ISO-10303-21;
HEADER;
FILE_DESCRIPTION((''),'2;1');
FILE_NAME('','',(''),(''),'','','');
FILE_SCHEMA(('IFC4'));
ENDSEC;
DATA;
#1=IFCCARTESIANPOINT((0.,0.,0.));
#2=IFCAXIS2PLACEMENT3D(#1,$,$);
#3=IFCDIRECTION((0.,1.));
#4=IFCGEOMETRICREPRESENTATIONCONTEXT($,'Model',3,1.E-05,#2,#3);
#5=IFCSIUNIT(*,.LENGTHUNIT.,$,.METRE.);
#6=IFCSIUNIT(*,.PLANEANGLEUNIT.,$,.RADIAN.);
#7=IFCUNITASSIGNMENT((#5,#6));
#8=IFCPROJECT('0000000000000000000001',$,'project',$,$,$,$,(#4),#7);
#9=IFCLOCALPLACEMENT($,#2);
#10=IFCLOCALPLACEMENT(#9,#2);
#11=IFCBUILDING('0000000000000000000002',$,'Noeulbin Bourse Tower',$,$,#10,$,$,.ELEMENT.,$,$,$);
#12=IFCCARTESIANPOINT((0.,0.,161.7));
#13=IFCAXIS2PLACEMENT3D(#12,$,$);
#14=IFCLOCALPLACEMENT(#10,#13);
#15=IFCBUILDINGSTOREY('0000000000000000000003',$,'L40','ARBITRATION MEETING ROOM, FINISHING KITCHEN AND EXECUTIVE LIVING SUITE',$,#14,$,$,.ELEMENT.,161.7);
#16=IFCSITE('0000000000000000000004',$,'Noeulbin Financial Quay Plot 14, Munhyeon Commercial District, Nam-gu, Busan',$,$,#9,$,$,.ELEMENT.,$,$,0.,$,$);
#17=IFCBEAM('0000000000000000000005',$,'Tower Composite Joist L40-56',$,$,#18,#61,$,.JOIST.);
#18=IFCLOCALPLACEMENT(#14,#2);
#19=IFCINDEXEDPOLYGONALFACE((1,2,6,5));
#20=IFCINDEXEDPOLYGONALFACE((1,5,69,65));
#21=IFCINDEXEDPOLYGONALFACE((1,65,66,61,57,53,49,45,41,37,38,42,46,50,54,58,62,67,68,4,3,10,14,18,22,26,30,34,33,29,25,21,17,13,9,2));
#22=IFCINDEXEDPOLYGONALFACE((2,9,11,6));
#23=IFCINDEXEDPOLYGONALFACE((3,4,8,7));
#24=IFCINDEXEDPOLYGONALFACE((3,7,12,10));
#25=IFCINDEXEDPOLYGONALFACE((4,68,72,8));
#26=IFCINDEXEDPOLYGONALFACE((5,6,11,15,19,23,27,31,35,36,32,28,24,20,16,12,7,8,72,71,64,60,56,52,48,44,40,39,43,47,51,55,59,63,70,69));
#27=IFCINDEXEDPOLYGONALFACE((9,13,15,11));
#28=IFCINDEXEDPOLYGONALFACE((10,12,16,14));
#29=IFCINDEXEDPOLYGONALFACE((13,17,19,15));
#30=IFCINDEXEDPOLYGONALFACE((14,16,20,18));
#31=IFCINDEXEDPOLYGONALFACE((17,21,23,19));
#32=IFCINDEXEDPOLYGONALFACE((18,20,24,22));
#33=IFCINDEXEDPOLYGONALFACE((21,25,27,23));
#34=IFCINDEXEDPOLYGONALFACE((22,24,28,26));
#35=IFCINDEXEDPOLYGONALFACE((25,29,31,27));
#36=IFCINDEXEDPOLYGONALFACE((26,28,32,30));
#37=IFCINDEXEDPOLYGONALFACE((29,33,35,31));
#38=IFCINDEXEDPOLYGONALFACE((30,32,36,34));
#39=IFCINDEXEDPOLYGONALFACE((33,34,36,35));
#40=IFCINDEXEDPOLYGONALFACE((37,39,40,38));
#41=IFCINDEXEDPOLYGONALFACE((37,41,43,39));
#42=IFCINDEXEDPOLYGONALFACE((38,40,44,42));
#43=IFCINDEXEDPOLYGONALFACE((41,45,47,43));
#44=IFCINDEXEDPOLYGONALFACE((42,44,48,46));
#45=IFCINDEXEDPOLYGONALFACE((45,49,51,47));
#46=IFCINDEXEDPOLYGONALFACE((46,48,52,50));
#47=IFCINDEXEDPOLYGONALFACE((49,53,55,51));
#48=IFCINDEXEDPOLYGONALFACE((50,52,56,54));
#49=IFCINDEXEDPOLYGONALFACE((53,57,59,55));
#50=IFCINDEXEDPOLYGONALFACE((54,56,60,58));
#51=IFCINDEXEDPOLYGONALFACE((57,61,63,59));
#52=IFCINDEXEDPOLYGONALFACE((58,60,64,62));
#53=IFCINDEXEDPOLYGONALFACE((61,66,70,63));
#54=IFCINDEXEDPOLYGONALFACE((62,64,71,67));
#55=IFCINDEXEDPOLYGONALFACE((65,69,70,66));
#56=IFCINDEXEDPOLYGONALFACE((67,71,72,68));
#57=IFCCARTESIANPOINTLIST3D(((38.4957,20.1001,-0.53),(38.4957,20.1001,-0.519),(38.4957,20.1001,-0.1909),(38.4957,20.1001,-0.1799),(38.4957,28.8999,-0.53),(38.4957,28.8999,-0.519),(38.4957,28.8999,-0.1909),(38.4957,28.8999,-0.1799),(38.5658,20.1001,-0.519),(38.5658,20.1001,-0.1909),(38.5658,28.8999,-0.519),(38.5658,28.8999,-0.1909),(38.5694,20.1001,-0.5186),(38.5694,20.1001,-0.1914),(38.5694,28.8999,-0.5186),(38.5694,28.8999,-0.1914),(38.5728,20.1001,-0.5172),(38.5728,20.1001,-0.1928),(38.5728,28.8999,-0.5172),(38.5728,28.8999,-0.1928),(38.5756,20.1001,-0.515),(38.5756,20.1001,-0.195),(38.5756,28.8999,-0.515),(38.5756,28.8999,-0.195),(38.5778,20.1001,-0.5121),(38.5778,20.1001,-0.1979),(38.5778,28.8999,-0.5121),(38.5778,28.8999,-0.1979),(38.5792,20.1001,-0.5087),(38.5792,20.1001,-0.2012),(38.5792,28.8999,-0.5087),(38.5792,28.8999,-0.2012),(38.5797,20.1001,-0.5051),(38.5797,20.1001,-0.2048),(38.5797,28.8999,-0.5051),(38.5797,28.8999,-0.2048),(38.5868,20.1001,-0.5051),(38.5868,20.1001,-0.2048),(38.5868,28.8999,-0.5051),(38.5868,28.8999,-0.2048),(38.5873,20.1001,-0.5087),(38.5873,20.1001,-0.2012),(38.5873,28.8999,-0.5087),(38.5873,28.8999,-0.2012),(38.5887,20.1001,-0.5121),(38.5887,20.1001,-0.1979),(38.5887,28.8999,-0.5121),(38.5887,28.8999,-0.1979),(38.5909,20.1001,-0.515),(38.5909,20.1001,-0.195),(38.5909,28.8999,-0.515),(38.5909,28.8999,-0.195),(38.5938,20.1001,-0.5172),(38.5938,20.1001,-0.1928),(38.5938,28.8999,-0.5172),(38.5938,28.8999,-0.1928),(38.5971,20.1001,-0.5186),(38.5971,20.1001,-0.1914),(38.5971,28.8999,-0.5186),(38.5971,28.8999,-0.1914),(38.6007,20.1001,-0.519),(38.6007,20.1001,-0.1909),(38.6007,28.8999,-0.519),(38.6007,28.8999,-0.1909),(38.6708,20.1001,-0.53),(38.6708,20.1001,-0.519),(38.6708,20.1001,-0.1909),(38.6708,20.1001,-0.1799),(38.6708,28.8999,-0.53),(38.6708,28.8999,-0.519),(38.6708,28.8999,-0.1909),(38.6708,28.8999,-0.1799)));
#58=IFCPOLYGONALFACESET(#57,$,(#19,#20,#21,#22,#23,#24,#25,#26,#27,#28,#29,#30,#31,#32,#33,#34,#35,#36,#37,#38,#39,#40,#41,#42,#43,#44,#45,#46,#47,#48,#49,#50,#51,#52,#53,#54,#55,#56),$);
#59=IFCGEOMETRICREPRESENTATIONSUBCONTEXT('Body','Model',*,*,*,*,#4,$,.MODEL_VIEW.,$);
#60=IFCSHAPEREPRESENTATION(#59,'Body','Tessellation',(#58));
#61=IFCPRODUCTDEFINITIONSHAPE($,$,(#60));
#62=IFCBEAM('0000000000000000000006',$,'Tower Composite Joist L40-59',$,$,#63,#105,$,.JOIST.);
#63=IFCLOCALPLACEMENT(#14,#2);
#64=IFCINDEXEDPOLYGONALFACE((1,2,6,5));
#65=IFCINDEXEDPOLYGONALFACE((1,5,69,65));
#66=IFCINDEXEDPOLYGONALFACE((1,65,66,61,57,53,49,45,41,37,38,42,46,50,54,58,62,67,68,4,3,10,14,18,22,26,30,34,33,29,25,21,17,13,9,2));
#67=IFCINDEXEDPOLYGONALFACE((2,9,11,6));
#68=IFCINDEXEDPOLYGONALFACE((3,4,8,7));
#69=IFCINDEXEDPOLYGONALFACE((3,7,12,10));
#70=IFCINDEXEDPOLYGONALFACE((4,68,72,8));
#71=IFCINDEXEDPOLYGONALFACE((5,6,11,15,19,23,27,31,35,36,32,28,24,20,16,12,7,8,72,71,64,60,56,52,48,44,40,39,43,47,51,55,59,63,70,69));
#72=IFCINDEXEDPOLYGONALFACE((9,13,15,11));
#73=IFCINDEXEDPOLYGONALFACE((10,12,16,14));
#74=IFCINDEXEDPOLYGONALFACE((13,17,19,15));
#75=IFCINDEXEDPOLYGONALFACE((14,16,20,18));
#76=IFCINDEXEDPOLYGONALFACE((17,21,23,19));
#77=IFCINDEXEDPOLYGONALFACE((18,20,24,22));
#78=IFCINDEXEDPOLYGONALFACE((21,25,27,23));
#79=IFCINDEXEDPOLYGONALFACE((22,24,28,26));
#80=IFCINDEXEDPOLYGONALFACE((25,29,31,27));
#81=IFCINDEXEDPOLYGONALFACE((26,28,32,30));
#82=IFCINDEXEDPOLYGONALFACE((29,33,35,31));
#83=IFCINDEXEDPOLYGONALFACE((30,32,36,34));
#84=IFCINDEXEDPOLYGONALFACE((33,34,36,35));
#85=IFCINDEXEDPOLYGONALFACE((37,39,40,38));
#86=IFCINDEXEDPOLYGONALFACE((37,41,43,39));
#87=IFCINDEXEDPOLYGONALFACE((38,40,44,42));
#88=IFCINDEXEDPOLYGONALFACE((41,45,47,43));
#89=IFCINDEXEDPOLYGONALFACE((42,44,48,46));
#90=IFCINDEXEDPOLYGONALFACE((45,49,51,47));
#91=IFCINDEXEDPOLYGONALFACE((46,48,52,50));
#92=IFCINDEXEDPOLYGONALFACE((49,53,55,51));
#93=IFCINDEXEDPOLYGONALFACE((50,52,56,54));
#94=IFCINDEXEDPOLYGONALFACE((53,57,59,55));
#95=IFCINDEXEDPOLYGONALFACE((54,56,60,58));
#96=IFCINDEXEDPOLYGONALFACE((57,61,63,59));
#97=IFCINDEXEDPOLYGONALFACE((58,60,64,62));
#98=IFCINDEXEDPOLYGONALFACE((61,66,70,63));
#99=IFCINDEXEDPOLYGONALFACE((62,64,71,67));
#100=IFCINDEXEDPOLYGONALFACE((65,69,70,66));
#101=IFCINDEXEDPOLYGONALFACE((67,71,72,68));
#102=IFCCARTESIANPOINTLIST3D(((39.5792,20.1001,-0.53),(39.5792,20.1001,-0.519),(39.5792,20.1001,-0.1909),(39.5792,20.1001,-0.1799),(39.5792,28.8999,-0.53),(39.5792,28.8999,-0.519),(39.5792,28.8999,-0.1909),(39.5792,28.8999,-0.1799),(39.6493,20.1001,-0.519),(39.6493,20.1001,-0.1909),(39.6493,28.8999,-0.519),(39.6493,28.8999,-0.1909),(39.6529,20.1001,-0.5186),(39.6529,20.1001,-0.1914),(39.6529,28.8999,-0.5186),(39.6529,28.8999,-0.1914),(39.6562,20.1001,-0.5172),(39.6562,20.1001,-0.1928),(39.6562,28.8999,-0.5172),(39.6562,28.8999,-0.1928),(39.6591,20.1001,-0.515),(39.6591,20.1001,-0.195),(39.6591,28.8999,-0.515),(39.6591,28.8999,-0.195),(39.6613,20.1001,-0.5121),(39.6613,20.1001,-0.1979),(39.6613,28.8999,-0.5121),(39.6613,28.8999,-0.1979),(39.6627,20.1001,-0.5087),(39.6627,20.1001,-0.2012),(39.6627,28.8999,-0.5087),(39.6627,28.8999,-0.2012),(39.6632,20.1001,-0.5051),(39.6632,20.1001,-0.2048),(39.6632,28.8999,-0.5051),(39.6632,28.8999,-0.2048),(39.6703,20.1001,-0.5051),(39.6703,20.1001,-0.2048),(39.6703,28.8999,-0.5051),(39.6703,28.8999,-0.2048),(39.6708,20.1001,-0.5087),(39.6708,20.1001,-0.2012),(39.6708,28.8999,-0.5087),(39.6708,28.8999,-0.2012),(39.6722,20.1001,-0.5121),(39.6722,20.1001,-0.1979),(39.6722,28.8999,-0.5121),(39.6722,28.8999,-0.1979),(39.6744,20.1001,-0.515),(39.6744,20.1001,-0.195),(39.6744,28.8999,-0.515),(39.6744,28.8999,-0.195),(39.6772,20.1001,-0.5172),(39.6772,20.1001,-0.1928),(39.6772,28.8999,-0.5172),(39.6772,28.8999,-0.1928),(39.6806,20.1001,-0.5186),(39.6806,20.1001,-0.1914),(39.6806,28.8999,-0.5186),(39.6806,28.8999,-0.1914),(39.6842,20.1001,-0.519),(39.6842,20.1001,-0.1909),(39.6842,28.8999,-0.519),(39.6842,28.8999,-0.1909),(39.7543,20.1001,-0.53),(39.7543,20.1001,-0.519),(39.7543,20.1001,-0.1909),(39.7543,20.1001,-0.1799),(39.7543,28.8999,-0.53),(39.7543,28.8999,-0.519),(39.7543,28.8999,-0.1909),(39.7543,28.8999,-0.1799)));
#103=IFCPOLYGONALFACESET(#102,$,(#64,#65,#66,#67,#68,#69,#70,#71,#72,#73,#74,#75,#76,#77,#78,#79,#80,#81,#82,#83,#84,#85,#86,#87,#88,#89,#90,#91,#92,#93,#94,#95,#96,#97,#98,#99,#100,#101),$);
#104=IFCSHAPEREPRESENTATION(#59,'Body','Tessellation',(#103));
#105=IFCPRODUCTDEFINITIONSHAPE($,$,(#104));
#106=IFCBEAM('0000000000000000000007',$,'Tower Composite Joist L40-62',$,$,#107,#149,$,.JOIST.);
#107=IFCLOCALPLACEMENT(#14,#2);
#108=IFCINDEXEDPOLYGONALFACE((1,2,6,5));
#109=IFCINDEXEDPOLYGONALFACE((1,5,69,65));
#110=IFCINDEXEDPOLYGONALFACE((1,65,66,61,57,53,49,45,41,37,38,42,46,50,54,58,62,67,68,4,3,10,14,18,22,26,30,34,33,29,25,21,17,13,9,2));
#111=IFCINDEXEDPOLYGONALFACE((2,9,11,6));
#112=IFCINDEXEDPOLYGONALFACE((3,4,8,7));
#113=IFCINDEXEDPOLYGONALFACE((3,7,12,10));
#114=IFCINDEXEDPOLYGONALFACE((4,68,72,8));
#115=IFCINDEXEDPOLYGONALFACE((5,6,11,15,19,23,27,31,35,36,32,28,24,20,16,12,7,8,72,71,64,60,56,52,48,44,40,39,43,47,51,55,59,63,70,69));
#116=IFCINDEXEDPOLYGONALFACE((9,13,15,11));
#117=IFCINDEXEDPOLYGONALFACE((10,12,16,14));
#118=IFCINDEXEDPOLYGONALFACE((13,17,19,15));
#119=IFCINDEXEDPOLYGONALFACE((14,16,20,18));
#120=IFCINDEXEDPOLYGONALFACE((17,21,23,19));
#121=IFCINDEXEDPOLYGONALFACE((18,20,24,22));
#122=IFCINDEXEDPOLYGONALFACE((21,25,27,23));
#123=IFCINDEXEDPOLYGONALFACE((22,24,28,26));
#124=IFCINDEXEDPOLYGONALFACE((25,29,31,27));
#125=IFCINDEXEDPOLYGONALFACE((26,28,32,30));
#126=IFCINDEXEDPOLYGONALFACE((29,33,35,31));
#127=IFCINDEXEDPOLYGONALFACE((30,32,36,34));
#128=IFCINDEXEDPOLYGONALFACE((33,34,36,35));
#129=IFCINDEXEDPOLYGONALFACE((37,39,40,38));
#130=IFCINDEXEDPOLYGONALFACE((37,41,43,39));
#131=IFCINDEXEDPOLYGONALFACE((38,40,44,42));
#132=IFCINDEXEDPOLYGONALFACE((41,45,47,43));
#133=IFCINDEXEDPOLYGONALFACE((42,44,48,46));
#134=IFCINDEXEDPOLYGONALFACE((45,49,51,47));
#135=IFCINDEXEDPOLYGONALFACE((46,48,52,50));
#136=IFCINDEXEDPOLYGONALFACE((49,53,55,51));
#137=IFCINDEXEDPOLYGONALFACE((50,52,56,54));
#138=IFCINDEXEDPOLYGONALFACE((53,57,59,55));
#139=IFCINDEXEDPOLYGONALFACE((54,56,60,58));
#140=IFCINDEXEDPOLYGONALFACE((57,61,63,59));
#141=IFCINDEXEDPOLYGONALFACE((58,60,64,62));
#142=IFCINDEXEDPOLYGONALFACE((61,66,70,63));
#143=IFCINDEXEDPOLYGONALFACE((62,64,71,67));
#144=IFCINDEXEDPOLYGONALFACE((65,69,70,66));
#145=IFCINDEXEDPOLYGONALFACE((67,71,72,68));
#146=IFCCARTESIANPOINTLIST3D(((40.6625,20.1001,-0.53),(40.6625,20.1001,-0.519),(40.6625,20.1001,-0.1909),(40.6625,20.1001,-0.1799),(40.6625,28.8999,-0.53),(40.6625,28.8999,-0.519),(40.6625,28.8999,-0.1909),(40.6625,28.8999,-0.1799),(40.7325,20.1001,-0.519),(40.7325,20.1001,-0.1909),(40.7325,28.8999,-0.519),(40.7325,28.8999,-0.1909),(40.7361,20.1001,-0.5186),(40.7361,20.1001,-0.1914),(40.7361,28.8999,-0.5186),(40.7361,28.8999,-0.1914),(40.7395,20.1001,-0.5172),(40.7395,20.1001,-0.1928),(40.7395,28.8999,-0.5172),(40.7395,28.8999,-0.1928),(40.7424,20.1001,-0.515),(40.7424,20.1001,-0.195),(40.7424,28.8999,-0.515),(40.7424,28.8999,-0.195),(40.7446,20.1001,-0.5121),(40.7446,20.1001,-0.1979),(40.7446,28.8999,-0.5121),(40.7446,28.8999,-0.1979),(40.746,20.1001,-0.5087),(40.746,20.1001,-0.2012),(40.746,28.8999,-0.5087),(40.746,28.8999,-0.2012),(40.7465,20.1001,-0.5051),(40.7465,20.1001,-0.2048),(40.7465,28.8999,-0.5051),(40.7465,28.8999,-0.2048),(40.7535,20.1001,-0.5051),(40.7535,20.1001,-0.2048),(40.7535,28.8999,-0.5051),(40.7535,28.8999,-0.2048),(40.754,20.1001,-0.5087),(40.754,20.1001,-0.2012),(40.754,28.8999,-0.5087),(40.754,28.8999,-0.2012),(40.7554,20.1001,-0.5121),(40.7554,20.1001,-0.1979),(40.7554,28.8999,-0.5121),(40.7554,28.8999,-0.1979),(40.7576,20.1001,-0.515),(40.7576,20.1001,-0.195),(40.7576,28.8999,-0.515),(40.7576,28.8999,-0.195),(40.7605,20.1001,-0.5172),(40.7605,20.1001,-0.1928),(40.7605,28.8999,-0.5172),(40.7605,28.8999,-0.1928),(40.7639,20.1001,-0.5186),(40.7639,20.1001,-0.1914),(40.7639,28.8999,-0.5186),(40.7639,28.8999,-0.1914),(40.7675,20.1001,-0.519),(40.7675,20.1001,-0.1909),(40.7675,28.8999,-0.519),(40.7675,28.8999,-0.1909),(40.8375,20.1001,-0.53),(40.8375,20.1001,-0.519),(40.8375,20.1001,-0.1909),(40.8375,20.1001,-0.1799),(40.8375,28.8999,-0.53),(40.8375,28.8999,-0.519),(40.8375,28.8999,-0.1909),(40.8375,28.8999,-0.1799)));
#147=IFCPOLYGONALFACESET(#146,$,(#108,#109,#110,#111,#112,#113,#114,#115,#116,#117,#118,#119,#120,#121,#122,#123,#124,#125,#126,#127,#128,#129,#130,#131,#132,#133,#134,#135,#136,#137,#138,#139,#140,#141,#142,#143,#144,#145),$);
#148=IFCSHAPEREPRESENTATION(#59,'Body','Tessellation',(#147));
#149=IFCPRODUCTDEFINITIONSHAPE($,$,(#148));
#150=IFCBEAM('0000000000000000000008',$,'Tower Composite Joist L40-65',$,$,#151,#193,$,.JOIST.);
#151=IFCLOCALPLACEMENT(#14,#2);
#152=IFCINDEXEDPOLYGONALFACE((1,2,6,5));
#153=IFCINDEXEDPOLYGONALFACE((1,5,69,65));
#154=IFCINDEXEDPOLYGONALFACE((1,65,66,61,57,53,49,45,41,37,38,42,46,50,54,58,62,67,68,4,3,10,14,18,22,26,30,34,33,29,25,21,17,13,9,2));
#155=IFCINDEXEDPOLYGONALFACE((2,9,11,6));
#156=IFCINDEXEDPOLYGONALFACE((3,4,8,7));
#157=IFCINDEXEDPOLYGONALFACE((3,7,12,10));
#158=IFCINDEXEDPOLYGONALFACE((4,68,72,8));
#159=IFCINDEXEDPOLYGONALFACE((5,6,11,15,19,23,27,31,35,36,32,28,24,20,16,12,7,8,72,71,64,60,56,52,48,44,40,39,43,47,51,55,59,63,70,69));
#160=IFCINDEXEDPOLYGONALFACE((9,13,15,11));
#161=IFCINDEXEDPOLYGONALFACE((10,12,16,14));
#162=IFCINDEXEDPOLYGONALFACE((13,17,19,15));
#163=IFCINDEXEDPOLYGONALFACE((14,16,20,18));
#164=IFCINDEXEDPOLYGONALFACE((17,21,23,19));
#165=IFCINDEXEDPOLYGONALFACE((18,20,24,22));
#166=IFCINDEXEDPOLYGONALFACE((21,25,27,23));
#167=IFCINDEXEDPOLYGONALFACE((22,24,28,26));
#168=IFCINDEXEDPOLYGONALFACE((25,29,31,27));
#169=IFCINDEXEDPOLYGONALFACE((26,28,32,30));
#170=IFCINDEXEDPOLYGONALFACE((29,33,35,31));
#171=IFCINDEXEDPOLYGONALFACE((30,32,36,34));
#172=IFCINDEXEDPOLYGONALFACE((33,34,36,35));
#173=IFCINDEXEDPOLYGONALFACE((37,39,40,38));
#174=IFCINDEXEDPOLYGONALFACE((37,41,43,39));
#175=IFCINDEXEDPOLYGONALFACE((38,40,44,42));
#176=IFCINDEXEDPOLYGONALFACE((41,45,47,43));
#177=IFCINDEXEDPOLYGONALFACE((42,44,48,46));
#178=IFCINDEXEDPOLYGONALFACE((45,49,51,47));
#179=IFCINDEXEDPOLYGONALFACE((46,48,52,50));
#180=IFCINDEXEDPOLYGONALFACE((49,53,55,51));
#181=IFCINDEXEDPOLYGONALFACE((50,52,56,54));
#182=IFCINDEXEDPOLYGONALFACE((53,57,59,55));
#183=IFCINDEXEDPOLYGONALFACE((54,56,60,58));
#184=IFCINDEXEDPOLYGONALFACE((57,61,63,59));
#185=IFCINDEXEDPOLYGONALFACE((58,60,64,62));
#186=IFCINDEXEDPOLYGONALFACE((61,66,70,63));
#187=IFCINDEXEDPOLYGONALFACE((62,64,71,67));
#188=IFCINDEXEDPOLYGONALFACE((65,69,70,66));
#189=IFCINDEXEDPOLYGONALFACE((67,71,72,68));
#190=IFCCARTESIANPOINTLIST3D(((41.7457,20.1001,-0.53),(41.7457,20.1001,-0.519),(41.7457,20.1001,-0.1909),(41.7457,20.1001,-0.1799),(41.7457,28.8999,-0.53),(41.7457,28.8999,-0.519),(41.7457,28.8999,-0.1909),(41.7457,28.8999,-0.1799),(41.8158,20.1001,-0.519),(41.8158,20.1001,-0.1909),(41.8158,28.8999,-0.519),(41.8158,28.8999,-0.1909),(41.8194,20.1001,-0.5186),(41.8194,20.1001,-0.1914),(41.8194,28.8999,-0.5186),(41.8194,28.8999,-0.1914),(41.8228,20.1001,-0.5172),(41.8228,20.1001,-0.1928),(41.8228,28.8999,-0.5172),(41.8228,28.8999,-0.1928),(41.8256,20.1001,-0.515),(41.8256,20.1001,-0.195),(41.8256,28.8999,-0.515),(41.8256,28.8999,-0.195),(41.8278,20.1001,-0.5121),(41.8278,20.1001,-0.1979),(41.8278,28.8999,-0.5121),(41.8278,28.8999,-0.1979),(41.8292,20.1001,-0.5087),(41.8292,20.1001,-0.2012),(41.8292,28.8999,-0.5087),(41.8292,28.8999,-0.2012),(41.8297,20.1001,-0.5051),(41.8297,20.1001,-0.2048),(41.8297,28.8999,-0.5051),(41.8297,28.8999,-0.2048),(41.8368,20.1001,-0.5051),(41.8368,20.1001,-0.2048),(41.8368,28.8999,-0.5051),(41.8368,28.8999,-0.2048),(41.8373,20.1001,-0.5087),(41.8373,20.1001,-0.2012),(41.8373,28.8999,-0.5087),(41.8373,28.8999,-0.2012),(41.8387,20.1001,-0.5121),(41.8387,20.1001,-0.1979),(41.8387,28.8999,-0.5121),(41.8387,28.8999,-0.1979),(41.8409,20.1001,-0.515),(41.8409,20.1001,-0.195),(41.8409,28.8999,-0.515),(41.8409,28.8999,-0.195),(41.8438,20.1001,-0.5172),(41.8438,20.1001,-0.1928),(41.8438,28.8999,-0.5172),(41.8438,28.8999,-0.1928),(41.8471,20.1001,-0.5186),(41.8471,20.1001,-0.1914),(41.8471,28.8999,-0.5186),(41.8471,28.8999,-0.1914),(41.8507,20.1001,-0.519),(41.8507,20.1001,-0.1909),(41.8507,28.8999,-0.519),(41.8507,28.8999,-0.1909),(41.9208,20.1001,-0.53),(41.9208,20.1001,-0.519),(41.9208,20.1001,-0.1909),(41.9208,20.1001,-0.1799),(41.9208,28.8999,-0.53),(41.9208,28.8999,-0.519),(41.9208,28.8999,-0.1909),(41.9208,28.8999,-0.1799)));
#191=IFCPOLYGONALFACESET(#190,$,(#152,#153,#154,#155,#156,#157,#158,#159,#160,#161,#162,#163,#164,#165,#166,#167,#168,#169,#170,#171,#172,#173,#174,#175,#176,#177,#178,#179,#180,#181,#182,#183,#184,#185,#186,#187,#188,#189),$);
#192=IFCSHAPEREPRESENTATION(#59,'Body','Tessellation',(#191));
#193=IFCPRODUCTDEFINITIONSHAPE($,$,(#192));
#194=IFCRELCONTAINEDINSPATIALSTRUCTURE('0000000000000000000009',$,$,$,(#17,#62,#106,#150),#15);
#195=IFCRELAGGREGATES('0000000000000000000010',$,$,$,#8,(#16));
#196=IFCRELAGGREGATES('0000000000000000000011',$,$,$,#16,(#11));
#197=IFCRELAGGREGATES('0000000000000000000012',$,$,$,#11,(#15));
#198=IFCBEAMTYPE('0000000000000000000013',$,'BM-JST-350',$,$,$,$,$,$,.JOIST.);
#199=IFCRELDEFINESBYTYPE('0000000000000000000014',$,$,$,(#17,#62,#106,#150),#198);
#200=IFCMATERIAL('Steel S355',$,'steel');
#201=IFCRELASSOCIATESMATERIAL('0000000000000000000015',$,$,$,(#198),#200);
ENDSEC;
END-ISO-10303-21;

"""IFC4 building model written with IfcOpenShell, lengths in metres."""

from ifc_helpers import new_model, si_unit, direction, frame, origin, origin_2d, place, context, subcontext, project, spatial, i_section, extrude, material, material_profile, profile_set, type_object, element, save


model = new_model("IFC4")

# Units and contexts
model_context = context("Model", 3, precision=1e-05, world=origin(), true_north=direction((0.0, 1.0)))
body_context = subcontext(model_context, "Body", "Model", "MODEL_VIEW")
ifc_project = project(units=[si_unit("LENGTHUNIT", "METRE"), si_unit("PLANEANGLEUNIT", "RADIAN")], contexts=[model_context])

# Site, building, storey
site_placement = place(None, origin())
site = spatial("IfcSite", under=ifc_project, at=site_placement, Name="Noeulbin Financial Quay Plot 14, Munhyeon Commercial District, Nam-gu, Busan", CompositionType="ELEMENT", RefElevation=0.0)
building_placement = place(site_placement, origin())
building = spatial("IfcBuilding", under=site, at=building_placement, Name="Noeulbin Bourse Tower", CompositionType="ELEMENT")
storey_placement = place(building_placement, frame((0.0, 0.0, 161.7)))
storey = spatial("IfcBuildingStorey", under=building, at=storey_placement, Name="L40", Description="ARBITRATION MEETING ROOM, FINISHING KITCHEN AND EXECUTIVE LIVING SUITE", CompositionType="ELEMENT", Elevation=161.7)

# Shared definitions
ifc_material_1 = material(Name="Steel S355", Category="steel")

# Beams
ifc_material_profile_1 = material_profile(ifc_material_1, i_section(OverallWidth=0.175, OverallDepth=0.3501, WebThickness=0.0071, FlangeThickness=0.011, FilletRadius=0.0139, at=origin_2d()), Name="H-350x175x7x11", Category="LoadBearing")
ifc_profile_set_1 = profile_set([ifc_material_profile_1], Name="Steel S355")
beam_type_1 = type_object("IfcBeamType", Name="BM-JST-350", PredefinedType="JOIST", material=ifc_profile_set_1)
for number, where, z_axis, x_axis, name in (
    (1, (38.5833, 20.1001, -0.355), (0.0, 1.0, 0.0), (-1.0, 0.0, 0.0), "Tower Composite Joist L40-56"),
    (2, (39.6667, 20.1001, -0.355), (0.0, 1.0, 0.0), (-1.0, 0.0, 0.0), "Tower Composite Joist L40-59"),
    (3, (40.75, 20.1001, -0.355), (0.0, 1.0, 0.0), (-1.0, 0.0, 0.0), "Tower Composite Joist L40-62"),
    (4, (41.8333, 20.1001, -0.355), (0.0, 1.0, 0.0), (-1.0, 0.0, 0.0), "Tower Composite Joist L40-65"),
):
    element("IfcBeam", number, at=place(storey_placement, frame(where, z_axis=z_axis, x_axis=x_axis)), inside=storey, type_object=beam_type_1, Name=name, PredefinedType="JOIST", context=body_context, shape_type="SweptSolid", body=[
        extrude(i_section(OverallWidth=0.175, OverallDepth=0.3501, WebThickness=0.0071, FlangeThickness=0.011, FilletRadius=0.0139, at=origin_2d()), origin(), (0.0, 0.0, 1.0), 8.7998),
    ])

save(model, "model.ifc")
